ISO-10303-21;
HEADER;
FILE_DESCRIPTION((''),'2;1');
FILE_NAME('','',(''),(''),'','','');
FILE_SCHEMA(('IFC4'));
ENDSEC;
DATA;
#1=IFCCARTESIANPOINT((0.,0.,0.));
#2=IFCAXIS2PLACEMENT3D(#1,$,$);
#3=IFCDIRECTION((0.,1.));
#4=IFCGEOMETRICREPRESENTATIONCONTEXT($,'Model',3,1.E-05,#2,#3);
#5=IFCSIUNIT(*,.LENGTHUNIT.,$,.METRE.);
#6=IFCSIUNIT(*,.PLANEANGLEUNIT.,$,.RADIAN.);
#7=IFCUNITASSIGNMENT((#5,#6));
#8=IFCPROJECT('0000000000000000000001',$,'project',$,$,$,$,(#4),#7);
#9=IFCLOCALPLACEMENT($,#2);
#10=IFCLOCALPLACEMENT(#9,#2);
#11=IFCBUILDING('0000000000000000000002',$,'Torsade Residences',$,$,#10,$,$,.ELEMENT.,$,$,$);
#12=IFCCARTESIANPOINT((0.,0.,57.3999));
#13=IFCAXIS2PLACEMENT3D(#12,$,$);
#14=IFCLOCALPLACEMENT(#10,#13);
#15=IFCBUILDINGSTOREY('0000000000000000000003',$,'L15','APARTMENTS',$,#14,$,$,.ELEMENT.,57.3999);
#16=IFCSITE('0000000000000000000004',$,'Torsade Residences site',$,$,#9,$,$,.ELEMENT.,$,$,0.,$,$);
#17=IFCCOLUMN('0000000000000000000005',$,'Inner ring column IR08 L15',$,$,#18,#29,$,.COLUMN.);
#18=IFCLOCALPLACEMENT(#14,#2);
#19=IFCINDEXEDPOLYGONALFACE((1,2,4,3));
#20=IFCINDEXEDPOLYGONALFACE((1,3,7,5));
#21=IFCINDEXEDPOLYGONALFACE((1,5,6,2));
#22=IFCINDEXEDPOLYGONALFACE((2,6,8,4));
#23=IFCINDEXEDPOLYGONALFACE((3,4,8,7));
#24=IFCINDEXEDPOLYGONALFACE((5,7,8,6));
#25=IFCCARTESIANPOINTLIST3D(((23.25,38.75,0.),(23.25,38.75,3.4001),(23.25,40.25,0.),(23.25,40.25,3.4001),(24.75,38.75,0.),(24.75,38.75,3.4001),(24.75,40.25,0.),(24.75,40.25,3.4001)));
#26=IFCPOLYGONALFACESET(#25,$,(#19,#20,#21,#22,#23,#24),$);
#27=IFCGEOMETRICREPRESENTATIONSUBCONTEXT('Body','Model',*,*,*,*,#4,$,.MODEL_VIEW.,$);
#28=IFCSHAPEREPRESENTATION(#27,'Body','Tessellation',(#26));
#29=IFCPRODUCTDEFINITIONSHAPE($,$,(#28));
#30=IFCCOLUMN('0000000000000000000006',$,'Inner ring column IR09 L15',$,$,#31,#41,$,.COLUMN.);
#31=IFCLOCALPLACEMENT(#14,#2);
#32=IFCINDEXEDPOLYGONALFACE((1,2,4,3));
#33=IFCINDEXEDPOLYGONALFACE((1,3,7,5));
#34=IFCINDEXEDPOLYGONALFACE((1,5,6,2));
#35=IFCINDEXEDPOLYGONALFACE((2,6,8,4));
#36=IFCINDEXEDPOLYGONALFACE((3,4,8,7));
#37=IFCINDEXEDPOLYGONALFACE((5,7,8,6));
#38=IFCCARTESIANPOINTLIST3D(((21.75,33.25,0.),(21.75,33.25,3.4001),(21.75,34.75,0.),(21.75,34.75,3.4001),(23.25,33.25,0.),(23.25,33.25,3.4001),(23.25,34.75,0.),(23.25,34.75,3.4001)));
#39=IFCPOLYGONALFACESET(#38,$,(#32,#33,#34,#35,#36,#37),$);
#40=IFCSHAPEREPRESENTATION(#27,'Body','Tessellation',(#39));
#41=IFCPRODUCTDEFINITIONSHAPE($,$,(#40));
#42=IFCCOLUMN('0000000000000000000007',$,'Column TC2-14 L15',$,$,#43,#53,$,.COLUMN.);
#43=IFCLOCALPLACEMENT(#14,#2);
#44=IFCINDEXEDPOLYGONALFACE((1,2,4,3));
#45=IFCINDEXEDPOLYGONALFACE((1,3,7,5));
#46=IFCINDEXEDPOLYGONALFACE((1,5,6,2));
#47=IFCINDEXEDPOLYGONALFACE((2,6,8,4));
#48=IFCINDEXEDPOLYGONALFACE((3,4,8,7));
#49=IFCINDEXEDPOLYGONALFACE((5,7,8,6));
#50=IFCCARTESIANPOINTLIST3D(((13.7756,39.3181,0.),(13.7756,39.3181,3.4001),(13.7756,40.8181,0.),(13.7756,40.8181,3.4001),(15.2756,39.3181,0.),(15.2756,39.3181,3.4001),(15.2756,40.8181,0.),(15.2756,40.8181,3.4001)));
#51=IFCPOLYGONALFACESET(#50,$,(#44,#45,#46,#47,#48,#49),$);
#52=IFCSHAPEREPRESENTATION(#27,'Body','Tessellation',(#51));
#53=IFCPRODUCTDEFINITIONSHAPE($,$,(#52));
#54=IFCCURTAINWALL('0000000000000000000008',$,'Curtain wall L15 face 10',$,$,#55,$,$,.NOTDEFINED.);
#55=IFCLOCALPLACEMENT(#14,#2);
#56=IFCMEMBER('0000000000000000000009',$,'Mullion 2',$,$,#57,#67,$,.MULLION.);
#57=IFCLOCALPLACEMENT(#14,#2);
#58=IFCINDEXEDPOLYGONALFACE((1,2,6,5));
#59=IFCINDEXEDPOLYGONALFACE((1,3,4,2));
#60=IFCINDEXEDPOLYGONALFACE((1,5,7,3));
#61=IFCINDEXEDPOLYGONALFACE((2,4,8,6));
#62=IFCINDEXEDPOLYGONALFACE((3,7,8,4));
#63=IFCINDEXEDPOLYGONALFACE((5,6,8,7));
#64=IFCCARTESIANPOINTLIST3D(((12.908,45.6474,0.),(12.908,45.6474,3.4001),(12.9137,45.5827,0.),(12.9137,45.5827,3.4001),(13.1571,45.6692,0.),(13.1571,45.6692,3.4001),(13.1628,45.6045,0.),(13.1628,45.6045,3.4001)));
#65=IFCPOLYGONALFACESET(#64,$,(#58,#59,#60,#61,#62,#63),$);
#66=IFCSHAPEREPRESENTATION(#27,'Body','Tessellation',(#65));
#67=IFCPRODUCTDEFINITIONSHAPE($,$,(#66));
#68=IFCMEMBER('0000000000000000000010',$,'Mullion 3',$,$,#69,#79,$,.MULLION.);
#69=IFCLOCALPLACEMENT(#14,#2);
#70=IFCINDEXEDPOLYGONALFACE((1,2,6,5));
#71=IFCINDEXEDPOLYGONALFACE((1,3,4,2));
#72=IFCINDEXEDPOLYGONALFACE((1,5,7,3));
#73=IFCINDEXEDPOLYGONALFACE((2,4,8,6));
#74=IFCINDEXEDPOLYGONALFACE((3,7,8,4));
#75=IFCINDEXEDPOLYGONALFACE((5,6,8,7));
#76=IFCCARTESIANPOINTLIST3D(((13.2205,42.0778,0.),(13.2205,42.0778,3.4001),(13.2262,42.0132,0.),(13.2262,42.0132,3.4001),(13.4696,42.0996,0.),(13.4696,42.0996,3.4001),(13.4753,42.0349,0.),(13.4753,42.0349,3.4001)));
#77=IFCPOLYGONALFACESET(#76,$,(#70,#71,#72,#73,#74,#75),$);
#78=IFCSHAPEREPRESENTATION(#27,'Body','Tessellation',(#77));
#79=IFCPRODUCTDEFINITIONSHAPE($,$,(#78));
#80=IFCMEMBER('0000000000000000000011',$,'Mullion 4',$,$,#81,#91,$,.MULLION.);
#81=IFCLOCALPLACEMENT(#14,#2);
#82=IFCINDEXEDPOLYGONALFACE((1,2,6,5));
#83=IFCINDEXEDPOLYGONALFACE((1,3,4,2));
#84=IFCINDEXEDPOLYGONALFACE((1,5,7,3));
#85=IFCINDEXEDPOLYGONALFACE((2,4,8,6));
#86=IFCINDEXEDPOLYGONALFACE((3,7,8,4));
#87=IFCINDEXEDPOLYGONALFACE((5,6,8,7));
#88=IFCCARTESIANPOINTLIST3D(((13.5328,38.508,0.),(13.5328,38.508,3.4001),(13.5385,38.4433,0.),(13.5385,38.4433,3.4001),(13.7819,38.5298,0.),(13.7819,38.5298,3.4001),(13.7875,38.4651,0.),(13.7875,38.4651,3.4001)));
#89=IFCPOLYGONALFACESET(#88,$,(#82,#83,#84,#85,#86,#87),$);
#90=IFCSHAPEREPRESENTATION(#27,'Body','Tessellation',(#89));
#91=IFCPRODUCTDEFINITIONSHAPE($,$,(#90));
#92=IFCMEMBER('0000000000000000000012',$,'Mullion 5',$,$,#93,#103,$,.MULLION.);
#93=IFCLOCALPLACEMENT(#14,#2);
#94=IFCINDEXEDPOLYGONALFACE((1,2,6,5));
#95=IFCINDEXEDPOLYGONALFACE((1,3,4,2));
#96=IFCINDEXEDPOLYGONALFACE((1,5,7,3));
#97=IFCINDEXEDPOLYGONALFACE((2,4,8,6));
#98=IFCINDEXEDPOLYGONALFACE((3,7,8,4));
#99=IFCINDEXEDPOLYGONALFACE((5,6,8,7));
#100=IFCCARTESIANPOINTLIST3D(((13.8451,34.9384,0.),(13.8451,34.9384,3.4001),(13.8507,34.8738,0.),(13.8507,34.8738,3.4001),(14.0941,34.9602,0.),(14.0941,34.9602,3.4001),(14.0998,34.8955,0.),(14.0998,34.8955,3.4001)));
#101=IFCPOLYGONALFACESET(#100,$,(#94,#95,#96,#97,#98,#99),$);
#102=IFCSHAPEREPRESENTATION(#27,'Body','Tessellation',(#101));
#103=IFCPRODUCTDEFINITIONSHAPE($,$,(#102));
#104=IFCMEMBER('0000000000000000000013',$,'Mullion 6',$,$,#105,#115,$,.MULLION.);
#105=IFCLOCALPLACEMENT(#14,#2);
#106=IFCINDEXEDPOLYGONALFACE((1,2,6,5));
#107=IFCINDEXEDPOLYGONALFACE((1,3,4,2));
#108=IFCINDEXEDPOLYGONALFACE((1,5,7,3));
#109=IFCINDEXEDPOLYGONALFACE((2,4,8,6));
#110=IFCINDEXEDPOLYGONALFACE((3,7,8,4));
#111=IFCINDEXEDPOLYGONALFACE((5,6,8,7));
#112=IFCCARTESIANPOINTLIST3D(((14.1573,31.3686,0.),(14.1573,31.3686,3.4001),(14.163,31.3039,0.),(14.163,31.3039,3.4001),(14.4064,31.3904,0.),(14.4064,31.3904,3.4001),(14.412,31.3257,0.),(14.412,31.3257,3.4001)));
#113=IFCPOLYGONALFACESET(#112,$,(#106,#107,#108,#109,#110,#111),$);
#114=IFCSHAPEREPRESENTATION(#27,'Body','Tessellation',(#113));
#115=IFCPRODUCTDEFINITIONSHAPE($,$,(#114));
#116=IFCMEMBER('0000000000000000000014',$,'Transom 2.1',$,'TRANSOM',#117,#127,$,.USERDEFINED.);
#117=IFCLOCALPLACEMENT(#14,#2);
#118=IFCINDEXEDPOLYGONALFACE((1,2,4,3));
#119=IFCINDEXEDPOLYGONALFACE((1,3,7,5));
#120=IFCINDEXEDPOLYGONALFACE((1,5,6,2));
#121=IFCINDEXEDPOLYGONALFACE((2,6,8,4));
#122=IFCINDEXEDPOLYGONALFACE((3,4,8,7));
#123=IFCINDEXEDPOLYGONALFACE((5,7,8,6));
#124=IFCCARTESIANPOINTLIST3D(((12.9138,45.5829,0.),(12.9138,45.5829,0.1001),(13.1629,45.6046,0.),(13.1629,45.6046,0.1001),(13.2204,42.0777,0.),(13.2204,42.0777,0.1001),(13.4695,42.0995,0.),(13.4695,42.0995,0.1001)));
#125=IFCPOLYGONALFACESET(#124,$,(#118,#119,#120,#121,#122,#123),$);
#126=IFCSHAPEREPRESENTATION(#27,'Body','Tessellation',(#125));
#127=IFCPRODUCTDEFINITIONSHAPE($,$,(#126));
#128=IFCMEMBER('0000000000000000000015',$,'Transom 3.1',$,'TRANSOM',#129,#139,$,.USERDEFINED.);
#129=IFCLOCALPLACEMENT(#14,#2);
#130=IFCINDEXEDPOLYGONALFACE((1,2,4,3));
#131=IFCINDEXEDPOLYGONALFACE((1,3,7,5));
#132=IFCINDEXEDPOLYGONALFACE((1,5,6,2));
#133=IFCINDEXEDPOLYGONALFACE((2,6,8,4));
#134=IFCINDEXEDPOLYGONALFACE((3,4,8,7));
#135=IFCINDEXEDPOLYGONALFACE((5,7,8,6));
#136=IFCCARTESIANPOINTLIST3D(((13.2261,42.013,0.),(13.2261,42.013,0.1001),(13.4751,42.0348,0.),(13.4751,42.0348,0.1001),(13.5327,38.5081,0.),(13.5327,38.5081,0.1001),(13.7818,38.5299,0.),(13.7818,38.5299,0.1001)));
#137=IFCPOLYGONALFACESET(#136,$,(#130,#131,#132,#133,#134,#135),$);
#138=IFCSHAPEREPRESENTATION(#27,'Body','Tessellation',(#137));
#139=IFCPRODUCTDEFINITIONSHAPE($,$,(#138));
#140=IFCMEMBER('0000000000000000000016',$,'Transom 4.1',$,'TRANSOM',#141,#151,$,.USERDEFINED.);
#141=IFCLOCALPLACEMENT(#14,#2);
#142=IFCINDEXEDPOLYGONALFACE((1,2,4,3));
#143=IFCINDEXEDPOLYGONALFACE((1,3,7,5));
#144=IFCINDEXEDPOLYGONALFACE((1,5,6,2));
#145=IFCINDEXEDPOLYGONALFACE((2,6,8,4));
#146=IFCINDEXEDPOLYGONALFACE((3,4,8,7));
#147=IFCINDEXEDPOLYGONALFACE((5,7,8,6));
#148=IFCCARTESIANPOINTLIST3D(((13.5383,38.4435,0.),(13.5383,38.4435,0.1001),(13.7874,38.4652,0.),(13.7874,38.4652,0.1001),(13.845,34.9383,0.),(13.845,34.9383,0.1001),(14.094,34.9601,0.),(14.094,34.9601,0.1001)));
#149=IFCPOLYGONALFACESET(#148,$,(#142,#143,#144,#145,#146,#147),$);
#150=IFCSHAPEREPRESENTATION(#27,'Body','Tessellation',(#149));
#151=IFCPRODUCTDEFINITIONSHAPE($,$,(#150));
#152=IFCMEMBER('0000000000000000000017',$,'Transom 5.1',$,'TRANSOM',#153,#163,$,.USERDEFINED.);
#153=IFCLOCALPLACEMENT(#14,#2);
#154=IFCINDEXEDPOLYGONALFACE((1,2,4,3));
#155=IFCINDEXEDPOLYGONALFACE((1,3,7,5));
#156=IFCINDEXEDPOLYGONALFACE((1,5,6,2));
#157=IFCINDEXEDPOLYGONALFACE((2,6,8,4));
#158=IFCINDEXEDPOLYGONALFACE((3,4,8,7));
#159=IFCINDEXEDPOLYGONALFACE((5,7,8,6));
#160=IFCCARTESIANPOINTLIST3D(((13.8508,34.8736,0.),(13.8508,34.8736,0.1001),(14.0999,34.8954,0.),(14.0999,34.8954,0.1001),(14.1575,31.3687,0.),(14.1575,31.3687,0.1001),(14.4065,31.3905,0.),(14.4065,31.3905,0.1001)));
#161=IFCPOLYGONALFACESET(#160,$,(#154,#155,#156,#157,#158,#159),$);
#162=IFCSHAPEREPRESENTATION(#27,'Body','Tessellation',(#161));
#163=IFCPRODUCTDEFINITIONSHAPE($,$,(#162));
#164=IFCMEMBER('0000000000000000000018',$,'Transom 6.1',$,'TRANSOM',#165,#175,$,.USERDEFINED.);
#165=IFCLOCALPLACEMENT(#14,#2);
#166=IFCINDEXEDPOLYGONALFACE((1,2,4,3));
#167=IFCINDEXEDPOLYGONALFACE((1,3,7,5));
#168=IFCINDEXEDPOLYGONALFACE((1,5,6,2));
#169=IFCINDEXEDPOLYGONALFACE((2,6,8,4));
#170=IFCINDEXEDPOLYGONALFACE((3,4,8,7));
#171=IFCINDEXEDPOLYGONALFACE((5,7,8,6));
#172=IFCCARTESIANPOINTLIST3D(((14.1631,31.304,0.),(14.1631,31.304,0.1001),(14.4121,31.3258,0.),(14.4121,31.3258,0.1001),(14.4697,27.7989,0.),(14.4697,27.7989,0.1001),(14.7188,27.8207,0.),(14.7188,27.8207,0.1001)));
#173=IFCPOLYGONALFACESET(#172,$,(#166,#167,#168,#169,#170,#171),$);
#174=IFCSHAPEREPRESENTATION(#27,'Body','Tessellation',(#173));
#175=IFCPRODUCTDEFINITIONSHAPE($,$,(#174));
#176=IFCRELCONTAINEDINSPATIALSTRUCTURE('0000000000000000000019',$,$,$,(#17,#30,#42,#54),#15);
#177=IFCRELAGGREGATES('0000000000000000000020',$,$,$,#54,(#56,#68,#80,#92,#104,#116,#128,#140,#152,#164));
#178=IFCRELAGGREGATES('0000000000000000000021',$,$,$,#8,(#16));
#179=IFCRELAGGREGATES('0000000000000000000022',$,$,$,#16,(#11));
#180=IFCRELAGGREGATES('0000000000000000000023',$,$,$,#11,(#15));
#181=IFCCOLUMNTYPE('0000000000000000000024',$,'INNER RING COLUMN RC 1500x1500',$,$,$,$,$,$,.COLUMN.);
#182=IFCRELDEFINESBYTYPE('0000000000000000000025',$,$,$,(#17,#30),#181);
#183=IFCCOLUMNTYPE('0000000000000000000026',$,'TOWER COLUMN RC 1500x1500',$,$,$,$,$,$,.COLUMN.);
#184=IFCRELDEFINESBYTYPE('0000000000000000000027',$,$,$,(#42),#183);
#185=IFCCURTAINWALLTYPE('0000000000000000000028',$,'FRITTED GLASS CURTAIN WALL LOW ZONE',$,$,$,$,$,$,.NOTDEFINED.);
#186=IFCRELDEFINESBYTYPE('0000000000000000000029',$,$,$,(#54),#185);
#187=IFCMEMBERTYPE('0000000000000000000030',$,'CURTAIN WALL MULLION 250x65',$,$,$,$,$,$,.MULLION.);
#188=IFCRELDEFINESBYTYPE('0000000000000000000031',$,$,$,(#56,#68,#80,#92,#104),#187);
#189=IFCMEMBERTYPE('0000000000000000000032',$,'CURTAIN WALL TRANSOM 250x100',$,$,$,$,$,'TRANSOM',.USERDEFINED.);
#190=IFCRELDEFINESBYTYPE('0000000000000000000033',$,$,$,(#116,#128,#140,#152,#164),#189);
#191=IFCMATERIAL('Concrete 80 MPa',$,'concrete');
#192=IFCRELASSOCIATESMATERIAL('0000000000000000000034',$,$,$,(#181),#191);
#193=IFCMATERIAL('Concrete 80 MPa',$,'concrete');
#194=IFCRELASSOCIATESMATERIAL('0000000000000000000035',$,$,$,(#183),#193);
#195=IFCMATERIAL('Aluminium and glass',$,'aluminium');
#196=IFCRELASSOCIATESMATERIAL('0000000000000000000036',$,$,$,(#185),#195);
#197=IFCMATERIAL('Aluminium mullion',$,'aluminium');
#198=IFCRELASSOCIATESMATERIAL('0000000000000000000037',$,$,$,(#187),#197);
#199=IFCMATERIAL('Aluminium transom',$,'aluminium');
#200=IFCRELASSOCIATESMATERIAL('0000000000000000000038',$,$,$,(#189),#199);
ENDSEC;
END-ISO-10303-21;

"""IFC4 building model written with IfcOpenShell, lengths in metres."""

from ifc_helpers import new_model, si_unit, direction, frame, origin, origin_2d, place, context, subcontext, project, spatial, rectangle, extrude, material, material_profile, profile_set, type_object, element, aggregate, save


model = new_model("IFC4")

# Units and contexts
model_context = context("Model", 3, precision=1e-05, world=origin(), true_north=direction((0.0, 1.0)))
body_context = subcontext(model_context, "Body", "Model", "MODEL_VIEW")
ifc_project = project(units=[si_unit("LENGTHUNIT", "METRE"), si_unit("PLANEANGLEUNIT", "RADIAN")], contexts=[model_context])

# Site, building, storey
site_placement = place(None, origin())
site = spatial("IfcSite", under=ifc_project, at=site_placement, Name="Torsade Residences site", CompositionType="ELEMENT", RefElevation=0.0)
building_placement = place(site_placement, origin())
building = spatial("IfcBuilding", under=site, at=building_placement, Name="Torsade Residences", CompositionType="ELEMENT")
storey_placement = place(building_placement, frame((0.0, 0.0, 57.3999)))
storey = spatial("IfcBuildingStorey", under=building, at=storey_placement, Name="L15", Description="APARTMENTS", CompositionType="ELEMENT", Elevation=57.3999)

# Columns
ifc_material_1 = material(Name="Concrete 80 MPa", Category="concrete")
ifc_material_profile_1 = material_profile(ifc_material_1, rectangle(XDim=1.5, YDim=1.5, at=origin_2d()), Name="RC 1500x1500")
ifc_profile_set_1 = profile_set([ifc_material_profile_1], Name="Concrete 80 MPa")
column_type_1 = type_object("IfcColumnType", Name="INNER RING COLUMN RC 1500x1500", PredefinedType="COLUMN", material=ifc_profile_set_1)
for number, where, z_axis, x_axis, name in (
    (1, (24.0, 39.5, 0.0), (0.0, 0.0, 1.0), (1.0, 0.0, 0.0), "Inner ring column IR08 L15"),
    (2, (22.5, 34.0, 0.0), (0.0, 0.0, 1.0), (1.0, 0.0, 0.0), "Inner ring column IR09 L15"),
):
    element("IfcColumn", number, at=place(storey_placement, frame(where, z_axis=z_axis, x_axis=x_axis)), inside=storey, type_object=column_type_1, Name=name, PredefinedType="COLUMN", context=body_context, shape_type="SweptSolid", body=[
        extrude(rectangle(XDim=1.5, YDim=1.5, at=origin_2d()), origin(), (0.0, 0.0, 1.0), 3.4001),
    ])
ifc_material_2 = material(Name="Concrete 80 MPa", Category="concrete")
ifc_material_profile_2 = material_profile(ifc_material_2, rectangle(XDim=1.5, YDim=1.5, at=origin_2d()), Name="RC 1500x1500")
ifc_profile_set_2 = profile_set([ifc_material_profile_2], Name="Concrete 80 MPa")
column_type_2 = type_object("IfcColumnType", Name="TOWER COLUMN RC 1500x1500", PredefinedType="COLUMN", material=ifc_profile_set_2)
column_placement = place(storey_placement, frame((14.5256, 40.0681, 0.0), z_axis=(0.0, 0.0, 1.0), x_axis=(1.0, 0.0, 0.0)))
element("IfcColumn", 3, at=column_placement, inside=storey, type_object=column_type_2, Name="Column TC2-14 L15", PredefinedType="COLUMN", context=body_context, shape_type="SweptSolid", body=[
    extrude(rectangle(XDim=1.5, YDim=1.5, at=origin_2d()), origin(), (0.0, 0.0, 1.0), 3.4001),
])

# Curtain wall, members
ifc_material_3 = material(Name="Aluminium and glass", Category="aluminium")
curtain_wall_type = type_object("IfcCurtainWallType", Name="FRITTED GLASS CURTAIN WALL LOW ZONE", PredefinedType="NOTDEFINED", material=ifc_material_3)
curtain_wall_placement = place(storey_placement, origin())
curtain_wall = element("IfcCurtainWall", 4, at=curtain_wall_placement, inside=storey, type_object=curtain_wall_type, Name="Curtain wall L15 face 10", PredefinedType="NOTDEFINED")
ifc_material_4 = material(Name="Aluminium mullion", Category="aluminium")
ifc_material_profile_3 = material_profile(ifc_material_4, rectangle(XDim=0.25, YDim=0.0649, at=origin_2d()), Name="CURTAIN WALL MULLION 250x65")
ifc_profile_set_3 = profile_set([ifc_material_profile_3], Name="Aluminium mullion")
member_type_1 = type_object("IfcMemberType", Name="CURTAIN WALL MULLION 250x65", PredefinedType="MULLION", material=ifc_profile_set_3)
member_1_placement = place(storey_placement, frame((13.0354, 45.626, 0.0), z_axis=(0.0, 0.0, 1.0), x_axis=(0.996195, 0.087156, 0.0)))
member_1 = element("IfcMember", 5, at=member_1_placement, type_object=member_type_1, Name="Mullion 2", PredefinedType="MULLION", context=body_context, shape_type="SweptSolid", body=[
    extrude(rectangle(XDim=0.25, YDim=0.0649, at=origin_2d()), origin(), (0.0, 0.0, 1.0), 3.4001),
])
member_2_placement = place(storey_placement, frame((13.3479, 42.0564, 0.0), z_axis=(0.0, 0.0, 1.0), x_axis=(0.996195, 0.087156, 0.0)))
member_2 = element("IfcMember", 6, at=member_2_placement, type_object=member_type_1, Name="Mullion 3", PredefinedType="MULLION", context=body_context, shape_type="SweptSolid", body=[
    extrude(rectangle(XDim=0.25, YDim=0.0649, at=origin_2d()), origin(), (0.0, 0.0, 1.0), 3.4001),
])
member_3_placement = place(storey_placement, frame((13.6602, 38.4866, 0.0), z_axis=(0.0, 0.0, 1.0), x_axis=(0.996195, 0.087156, 0.0)))
member_3 = element("IfcMember", 7, at=member_3_placement, type_object=member_type_1, Name="Mullion 4", PredefinedType="MULLION", context=body_context, shape_type="SweptSolid", body=[
    extrude(rectangle(XDim=0.25, YDim=0.0649, at=origin_2d()), origin(), (0.0, 0.0, 1.0), 3.4001),
])
member_4_placement = place(storey_placement, frame((13.9724, 34.917, 0.0), z_axis=(0.0, 0.0, 1.0), x_axis=(0.996195, 0.087156, 0.0)))
member_4 = element("IfcMember", 8, at=member_4_placement, type_object=member_type_1, Name="Mullion 5", PredefinedType="MULLION", context=body_context, shape_type="SweptSolid", body=[
    extrude(rectangle(XDim=0.25, YDim=0.0649, at=origin_2d()), origin(), (0.0, 0.0, 1.0), 3.4001),
])
member_5_placement = place(storey_placement, frame((14.2847, 31.3472, 0.0), z_axis=(0.0, 0.0, 1.0), x_axis=(0.996195, 0.087156, 0.0)))
member_5 = element("IfcMember", 9, at=member_5_placement, type_object=member_type_1, Name="Mullion 6", PredefinedType="MULLION", context=body_context, shape_type="SweptSolid", body=[
    extrude(rectangle(XDim=0.25, YDim=0.0649, at=origin_2d()), origin(), (0.0, 0.0, 1.0), 3.4001),
])
ifc_material_5 = material(Name="Aluminium transom", Category="aluminium")
ifc_material_profile_4 = material_profile(ifc_material_5, rectangle(XDim=0.25, YDim=0.1001, at=origin_2d()), Name="CURTAIN WALL TRANSOM 250x100")
ifc_profile_set_4 = profile_set([ifc_material_profile_4], Name="Aluminium transom")
member_type_2 = type_object("IfcMemberType", Name="CURTAIN WALL TRANSOM 250x100", ElementType="TRANSOM", PredefinedType="USERDEFINED", material=ifc_profile_set_4)
member_6_placement = place(storey_placement, frame((13.0383, 45.5938, 0.05), z_axis=(0.087151, -0.996195, 0.0), x_axis=(0.996195, 0.087151, 0.0)))
member_6 = element("IfcMember", 10, at=member_6_placement, type_object=member_type_2, Name="Transom 2.1", ObjectType="TRANSOM", PredefinedType="USERDEFINED", context=body_context, shape_type="SweptSolid", body=[
    extrude(rectangle(XDim=0.25, YDim=0.1001, at=origin_2d()), origin(), (0.0, 0.0, 1.0), 3.5186),
])
member_7_placement = place(storey_placement, frame((13.3506, 42.0239, 0.05), z_axis=(0.087157, -0.996195, 0.0), x_axis=(0.996195, 0.087157, 0.0)))
member_7 = element("IfcMember", 11, at=member_7_placement, type_object=member_type_2, Name="Transom 3.1", ObjectType="TRANSOM", PredefinedType="USERDEFINED", context=body_context, shape_type="SweptSolid", body=[
    extrude(rectangle(XDim=0.25, YDim=0.1001, at=origin_2d()), origin(), (0.0, 0.0, 1.0), 3.5183),
])
member_8_placement = place(storey_placement, frame((13.6628, 38.4543, 0.05), z_axis=(0.087151, -0.996195, 0.0), x_axis=(0.996195, 0.087151, 0.0)))
member_8 = element("IfcMember", 12, at=member_8_placement, type_object=member_type_2, Name="Transom 4.1", ObjectType="TRANSOM", PredefinedType="USERDEFINED", context=body_context, shape_type="SweptSolid", body=[
    extrude(rectangle(XDim=0.25, YDim=0.1001, at=origin_2d()), origin(), (0.0, 0.0, 1.0), 3.5186),
])
member_9_placement = place(storey_placement, frame((13.9753, 34.8845, 0.05), z_axis=(0.087157, -0.996195, 0.0), x_axis=(0.996195, 0.087157, 0.0)))
member_9 = element("IfcMember", 13, at=member_9_placement, type_object=member_type_2, Name="Transom 5.1", ObjectType="TRANSOM", PredefinedType="USERDEFINED", context=body_context, shape_type="SweptSolid", body=[
    extrude(rectangle(XDim=0.25, YDim=0.1001, at=origin_2d()), origin(), (0.0, 0.0, 1.0), 3.5183),
])
member_10_placement = place(storey_placement, frame((14.2876, 31.3149, 0.05), z_axis=(0.087151, -0.996195, 0.0), x_axis=(0.996195, 0.087151, 0.0)))
member_10 = element("IfcMember", 14, at=member_10_placement, type_object=member_type_2, Name="Transom 6.1", ObjectType="TRANSOM", PredefinedType="USERDEFINED", context=body_context, shape_type="SweptSolid", body=[
    extrude(rectangle(XDim=0.25, YDim=0.1001, at=origin_2d()), origin(), (0.0, 0.0, 1.0), 3.5186),
])

aggregate(curtain_wall, [member_1, member_2, member_3, member_4, member_5, member_6, member_7, member_8, member_9, member_10])

save(model, "model.ifc")
